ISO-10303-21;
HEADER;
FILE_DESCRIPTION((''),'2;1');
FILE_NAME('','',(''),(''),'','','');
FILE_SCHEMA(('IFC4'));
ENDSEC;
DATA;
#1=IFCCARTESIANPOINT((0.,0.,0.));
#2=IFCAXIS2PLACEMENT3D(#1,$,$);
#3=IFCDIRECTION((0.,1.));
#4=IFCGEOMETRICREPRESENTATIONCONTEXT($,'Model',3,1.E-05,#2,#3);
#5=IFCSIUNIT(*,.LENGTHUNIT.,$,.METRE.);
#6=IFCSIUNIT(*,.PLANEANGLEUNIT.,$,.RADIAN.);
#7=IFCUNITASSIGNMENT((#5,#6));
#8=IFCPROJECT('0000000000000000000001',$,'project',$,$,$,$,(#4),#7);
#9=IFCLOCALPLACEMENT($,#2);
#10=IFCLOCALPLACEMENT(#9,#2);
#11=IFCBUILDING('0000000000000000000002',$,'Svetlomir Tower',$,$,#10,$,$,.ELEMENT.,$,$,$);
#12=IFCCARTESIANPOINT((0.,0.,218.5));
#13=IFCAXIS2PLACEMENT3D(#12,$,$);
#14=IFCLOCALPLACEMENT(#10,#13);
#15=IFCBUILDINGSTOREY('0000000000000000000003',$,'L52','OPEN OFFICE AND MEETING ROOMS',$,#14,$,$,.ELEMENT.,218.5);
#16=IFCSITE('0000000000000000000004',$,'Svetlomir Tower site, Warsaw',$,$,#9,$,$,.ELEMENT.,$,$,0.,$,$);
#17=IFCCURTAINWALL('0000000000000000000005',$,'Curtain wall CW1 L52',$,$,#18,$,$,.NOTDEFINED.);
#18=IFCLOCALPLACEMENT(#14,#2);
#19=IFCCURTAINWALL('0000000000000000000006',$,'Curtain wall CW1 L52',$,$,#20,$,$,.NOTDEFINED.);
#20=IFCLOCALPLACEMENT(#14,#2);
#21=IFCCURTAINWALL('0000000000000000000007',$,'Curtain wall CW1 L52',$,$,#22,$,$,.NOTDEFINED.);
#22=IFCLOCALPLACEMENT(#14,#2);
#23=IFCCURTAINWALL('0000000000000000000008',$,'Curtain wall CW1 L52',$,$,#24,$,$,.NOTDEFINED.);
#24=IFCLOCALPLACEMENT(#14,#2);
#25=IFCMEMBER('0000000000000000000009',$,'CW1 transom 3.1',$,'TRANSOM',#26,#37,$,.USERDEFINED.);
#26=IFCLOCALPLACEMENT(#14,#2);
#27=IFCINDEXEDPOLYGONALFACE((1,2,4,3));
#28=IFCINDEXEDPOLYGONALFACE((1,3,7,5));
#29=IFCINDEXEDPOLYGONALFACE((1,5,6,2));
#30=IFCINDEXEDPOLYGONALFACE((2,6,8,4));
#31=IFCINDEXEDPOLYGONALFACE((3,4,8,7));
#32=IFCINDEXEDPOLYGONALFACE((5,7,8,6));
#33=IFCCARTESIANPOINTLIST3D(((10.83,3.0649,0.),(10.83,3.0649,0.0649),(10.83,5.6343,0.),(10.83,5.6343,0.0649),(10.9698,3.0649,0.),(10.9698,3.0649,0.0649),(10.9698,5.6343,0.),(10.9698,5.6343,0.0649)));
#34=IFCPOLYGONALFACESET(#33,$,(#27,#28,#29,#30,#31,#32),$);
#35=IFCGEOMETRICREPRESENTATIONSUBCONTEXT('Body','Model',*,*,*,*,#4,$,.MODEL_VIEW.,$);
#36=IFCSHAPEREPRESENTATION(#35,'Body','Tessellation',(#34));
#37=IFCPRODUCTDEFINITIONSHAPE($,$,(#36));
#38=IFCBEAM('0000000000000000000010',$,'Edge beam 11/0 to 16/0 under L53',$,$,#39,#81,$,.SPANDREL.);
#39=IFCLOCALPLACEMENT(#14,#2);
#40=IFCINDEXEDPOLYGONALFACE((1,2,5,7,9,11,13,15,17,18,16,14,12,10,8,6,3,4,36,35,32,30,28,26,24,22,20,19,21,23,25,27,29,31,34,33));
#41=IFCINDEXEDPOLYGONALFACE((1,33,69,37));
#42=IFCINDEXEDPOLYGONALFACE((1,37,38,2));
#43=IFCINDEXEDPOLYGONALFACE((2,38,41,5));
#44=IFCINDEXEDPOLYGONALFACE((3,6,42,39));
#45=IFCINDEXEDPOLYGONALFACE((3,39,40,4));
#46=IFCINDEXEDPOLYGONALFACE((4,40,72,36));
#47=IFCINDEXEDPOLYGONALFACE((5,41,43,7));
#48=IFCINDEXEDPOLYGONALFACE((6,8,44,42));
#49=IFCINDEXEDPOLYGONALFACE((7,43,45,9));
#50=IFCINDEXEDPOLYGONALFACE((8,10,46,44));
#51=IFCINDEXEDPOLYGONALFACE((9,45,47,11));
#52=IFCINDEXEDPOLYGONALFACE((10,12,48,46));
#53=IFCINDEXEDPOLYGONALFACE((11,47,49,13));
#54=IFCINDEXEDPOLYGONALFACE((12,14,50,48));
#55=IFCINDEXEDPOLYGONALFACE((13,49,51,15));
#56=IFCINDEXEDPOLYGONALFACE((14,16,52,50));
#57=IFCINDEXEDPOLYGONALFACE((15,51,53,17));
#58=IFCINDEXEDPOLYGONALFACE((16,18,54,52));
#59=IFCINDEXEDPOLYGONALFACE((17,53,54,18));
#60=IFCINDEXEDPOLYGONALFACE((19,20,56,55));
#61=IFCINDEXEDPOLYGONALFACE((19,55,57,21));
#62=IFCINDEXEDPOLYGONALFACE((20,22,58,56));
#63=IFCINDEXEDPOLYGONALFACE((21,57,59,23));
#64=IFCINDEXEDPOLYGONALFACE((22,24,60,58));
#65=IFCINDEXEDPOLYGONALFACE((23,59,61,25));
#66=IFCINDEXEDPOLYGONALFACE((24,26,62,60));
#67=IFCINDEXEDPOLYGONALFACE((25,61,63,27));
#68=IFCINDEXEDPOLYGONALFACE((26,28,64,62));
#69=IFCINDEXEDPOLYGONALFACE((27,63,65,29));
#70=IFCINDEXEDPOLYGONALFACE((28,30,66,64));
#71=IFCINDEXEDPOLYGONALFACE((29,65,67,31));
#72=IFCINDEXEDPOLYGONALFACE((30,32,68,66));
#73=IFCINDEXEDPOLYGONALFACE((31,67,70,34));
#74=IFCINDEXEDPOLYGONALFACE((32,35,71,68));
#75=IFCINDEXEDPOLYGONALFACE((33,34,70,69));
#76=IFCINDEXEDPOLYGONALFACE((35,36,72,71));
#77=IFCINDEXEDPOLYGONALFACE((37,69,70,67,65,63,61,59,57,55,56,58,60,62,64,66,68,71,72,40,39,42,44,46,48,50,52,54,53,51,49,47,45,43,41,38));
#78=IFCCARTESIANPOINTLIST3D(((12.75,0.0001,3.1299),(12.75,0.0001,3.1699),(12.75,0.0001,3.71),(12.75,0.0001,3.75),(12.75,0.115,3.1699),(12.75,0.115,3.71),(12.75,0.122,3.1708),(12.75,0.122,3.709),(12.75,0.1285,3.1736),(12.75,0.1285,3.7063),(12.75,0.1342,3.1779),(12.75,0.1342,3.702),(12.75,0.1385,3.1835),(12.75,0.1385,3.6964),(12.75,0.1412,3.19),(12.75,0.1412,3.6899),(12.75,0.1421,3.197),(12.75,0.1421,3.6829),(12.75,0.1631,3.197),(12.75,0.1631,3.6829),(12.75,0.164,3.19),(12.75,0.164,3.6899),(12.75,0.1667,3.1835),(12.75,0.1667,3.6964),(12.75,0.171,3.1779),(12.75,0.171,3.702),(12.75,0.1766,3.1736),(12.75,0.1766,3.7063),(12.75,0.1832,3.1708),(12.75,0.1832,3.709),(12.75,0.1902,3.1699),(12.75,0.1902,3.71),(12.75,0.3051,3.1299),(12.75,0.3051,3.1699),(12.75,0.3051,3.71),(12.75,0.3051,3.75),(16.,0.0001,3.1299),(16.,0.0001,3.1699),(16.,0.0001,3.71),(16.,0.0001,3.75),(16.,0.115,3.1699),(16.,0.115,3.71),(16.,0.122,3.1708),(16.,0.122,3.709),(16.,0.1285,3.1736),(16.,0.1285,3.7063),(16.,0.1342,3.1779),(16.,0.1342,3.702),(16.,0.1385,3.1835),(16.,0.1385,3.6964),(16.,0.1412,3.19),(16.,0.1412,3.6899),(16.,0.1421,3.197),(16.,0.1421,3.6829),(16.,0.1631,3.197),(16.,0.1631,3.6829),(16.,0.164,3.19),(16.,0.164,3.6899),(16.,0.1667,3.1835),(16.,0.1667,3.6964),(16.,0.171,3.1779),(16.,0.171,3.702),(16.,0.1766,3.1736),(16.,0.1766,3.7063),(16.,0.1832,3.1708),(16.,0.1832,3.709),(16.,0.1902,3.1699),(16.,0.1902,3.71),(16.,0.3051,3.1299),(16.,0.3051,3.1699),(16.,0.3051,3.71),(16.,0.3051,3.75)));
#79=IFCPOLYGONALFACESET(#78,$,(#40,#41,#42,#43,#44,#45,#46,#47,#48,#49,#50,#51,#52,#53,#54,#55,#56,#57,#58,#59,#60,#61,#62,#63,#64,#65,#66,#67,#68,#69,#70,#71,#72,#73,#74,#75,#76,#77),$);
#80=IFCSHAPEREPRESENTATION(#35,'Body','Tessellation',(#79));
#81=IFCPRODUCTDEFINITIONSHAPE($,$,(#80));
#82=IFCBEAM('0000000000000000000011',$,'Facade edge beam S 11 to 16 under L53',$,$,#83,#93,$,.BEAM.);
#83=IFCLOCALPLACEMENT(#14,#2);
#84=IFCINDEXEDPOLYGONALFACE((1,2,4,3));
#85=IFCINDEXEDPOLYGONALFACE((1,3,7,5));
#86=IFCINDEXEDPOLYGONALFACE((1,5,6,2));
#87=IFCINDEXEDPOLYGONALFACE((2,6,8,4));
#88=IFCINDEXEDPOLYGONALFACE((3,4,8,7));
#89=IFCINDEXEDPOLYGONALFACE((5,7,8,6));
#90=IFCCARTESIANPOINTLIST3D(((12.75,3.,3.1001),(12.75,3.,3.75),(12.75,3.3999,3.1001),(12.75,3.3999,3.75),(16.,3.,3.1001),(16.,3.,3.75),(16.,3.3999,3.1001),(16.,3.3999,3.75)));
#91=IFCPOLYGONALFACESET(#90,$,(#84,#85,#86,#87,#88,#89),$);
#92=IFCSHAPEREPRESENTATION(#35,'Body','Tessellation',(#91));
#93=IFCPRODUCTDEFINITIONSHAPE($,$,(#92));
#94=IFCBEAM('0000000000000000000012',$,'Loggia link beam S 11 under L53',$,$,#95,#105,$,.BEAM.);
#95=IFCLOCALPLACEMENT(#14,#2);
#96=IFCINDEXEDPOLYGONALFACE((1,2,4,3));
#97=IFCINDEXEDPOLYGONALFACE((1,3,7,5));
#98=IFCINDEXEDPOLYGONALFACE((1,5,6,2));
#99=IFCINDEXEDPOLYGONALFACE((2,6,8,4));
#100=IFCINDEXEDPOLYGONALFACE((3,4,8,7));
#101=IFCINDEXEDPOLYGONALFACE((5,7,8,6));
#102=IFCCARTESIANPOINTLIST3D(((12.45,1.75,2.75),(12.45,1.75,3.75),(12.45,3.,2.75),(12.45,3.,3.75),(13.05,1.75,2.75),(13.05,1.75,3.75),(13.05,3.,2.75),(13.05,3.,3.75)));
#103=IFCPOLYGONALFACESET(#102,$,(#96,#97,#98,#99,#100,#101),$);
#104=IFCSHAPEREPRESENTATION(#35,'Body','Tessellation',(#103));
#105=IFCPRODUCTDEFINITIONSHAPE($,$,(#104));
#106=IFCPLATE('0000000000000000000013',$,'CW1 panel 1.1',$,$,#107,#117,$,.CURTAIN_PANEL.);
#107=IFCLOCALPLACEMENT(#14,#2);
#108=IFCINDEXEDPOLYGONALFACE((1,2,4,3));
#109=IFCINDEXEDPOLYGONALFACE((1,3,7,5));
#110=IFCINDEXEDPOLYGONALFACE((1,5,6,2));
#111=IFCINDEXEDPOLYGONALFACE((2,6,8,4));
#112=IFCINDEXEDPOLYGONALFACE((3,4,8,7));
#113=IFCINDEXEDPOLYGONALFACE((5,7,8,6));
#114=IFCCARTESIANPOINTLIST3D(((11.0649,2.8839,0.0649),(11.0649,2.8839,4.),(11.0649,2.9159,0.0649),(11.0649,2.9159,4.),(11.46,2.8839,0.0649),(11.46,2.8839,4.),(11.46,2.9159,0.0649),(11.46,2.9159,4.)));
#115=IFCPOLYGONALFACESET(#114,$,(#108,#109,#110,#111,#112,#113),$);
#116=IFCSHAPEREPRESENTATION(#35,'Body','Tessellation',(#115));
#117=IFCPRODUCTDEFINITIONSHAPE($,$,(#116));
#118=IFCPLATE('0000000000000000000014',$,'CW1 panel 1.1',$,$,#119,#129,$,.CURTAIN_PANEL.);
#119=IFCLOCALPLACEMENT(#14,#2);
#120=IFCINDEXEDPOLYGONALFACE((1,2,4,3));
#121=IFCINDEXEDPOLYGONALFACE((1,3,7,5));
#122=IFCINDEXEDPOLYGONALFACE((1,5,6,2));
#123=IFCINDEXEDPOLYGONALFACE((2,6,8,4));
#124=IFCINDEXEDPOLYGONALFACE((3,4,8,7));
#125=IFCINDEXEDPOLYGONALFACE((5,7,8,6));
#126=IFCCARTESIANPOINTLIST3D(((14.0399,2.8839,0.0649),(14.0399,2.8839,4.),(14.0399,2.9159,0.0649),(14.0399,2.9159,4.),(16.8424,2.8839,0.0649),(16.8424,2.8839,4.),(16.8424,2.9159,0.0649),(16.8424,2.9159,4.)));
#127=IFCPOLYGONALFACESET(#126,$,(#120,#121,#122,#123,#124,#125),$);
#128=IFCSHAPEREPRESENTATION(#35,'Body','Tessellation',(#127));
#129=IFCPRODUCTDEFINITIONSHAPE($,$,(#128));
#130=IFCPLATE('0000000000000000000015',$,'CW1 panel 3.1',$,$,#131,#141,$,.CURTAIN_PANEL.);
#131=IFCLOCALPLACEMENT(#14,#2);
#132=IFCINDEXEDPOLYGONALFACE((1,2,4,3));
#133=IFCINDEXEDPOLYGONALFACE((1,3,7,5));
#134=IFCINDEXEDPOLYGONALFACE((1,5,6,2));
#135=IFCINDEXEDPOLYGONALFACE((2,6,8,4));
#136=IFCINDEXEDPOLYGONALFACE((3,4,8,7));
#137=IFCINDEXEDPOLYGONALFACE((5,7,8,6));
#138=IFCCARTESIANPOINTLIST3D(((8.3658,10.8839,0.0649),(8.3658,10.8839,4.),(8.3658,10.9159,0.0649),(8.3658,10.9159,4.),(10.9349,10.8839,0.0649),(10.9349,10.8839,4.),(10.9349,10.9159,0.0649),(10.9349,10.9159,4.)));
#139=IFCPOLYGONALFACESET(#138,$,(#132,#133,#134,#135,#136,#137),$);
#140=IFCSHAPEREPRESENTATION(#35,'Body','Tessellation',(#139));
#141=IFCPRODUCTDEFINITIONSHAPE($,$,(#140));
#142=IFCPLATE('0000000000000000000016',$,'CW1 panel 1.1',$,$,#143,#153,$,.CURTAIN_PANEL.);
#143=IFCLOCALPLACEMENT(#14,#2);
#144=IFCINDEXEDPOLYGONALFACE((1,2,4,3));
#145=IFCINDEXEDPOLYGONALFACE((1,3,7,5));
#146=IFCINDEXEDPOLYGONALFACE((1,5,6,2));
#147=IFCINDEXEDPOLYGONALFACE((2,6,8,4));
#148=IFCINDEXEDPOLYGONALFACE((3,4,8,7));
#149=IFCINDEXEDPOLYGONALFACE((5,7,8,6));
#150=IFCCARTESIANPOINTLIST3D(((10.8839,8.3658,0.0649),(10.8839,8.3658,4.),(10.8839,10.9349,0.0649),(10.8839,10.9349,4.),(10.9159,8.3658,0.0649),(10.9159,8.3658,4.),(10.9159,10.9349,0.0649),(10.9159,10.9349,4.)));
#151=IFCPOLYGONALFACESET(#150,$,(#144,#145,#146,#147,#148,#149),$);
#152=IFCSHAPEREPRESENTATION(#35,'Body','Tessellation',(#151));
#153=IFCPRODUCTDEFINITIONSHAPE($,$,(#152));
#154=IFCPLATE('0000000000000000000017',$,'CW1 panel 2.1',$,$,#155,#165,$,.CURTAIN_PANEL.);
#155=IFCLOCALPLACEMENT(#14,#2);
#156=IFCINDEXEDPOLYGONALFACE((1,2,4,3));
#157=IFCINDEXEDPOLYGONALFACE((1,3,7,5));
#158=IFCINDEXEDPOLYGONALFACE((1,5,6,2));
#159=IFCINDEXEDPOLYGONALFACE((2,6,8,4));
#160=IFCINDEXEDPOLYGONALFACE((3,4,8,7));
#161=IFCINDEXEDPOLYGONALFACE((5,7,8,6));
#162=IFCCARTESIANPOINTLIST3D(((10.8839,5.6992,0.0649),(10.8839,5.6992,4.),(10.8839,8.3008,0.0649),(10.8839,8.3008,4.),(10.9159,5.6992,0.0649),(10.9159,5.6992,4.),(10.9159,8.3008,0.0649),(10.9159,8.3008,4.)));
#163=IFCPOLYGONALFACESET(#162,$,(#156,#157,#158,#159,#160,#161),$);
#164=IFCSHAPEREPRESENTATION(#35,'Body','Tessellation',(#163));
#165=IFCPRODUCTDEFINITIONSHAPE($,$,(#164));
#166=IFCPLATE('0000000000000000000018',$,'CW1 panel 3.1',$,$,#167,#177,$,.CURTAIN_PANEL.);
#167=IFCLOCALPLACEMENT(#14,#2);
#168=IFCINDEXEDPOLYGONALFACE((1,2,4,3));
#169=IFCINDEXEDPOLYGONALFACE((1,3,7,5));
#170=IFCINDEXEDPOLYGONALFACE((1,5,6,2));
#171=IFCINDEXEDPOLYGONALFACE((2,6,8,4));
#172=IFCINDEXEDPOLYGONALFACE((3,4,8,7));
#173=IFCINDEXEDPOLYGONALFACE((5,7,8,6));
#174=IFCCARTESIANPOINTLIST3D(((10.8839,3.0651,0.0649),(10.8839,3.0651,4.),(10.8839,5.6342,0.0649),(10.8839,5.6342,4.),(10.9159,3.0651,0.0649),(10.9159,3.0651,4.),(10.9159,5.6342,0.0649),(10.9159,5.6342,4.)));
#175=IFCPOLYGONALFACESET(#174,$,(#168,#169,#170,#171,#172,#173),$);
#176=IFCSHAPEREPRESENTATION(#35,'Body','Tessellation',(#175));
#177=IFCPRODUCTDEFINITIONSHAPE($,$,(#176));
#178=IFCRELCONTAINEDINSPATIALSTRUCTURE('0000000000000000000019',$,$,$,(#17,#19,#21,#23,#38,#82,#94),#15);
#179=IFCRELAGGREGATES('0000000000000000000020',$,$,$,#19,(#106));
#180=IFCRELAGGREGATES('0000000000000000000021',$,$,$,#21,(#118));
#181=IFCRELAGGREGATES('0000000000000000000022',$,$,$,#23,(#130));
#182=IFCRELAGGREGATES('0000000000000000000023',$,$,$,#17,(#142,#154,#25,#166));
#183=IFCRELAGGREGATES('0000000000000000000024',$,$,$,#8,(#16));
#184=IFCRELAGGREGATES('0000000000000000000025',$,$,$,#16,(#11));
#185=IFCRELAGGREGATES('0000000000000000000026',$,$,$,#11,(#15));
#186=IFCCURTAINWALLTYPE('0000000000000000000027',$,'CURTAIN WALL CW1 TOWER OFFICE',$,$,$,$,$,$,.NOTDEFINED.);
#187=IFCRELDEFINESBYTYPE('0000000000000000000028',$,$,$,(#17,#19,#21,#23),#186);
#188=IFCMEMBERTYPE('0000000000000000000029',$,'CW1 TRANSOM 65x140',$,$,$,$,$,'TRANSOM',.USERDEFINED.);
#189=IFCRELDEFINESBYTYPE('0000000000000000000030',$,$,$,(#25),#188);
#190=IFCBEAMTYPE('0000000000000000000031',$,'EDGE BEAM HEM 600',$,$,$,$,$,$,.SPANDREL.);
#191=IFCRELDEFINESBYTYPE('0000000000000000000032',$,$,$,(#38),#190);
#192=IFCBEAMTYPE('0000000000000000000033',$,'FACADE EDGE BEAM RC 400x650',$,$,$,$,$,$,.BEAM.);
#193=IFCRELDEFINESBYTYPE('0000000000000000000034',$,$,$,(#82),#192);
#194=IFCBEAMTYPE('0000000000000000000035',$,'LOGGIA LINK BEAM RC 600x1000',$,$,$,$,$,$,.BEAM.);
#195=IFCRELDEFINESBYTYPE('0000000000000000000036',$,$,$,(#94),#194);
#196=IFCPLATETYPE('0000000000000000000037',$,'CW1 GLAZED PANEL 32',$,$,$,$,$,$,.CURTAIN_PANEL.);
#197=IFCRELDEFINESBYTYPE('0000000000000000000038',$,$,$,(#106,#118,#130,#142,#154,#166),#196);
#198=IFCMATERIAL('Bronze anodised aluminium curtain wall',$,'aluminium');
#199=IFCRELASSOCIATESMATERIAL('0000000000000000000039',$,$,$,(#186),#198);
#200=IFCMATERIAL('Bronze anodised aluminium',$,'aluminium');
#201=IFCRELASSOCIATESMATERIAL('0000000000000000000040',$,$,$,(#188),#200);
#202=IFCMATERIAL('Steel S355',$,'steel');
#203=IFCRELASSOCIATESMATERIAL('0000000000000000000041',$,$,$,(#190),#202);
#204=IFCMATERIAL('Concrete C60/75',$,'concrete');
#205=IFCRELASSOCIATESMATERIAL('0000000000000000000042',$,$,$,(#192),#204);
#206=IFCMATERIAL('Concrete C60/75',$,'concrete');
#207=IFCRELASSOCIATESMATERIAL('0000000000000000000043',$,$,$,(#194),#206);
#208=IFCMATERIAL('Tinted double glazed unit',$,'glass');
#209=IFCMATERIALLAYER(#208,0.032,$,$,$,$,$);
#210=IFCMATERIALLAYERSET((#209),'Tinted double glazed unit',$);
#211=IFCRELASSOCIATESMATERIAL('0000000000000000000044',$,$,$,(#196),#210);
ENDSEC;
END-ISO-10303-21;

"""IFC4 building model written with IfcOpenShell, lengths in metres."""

from ifc_helpers import new_model, si_unit, direction, frame, origin, origin_2d, place, context, subcontext, project, spatial, rectangle, i_section, extrude, material, layer, layer_set, material_profile, profile_set, type_object, element, aggregate, save


model = new_model("IFC4")

# Units and contexts
model_context = context("Model", 3, precision=1e-05, world=origin(), true_north=direction((0.0, 1.0)))
body_context = subcontext(model_context, "Body", "Model", "MODEL_VIEW")
ifc_project = project(units=[si_unit("LENGTHUNIT", "METRE"), si_unit("PLANEANGLEUNIT", "RADIAN")], contexts=[model_context])

# Site, building, storey
site_placement = place(None, origin())
site = spatial("IfcSite", under=ifc_project, at=site_placement, Name="Svetlomir Tower site, Warsaw", CompositionType="ELEMENT", RefElevation=0.0)
building_placement = place(site_placement, origin())
building = spatial("IfcBuilding", under=site, at=building_placement, Name="Svetlomir Tower", CompositionType="ELEMENT")
storey_placement = place(building_placement, frame((0.0, 0.0, 218.5)))
storey = spatial("IfcBuildingStorey", under=building, at=storey_placement, Name="L52", Description="OPEN OFFICE AND MEETING ROOMS", CompositionType="ELEMENT", Elevation=218.5)

# Curtain wall
ifc_material_1 = material(Name="Bronze anodised aluminium curtain wall", Category="aluminium")
curtain_wall_type = type_object("IfcCurtainWallType", Name="CURTAIN WALL CW1 TOWER OFFICE", PredefinedType="NOTDEFINED", material=ifc_material_1)
curtain_wall_1_placement = place(storey_placement, origin())
curtain_wall_1 = element("IfcCurtainWall", 1, at=curtain_wall_1_placement, inside=storey, type_object=curtain_wall_type, Name="Curtain wall CW1 L52", PredefinedType="NOTDEFINED")

# Curtain wall
curtain_wall_2_placement = place(storey_placement, origin())
curtain_wall_2 = element("IfcCurtainWall", 2, at=curtain_wall_2_placement, inside=storey, type_object=curtain_wall_type, Name="Curtain wall CW1 L52", PredefinedType="NOTDEFINED")

# Curtain walls
curtain_wall_3_placement = place(storey_placement, origin())
curtain_wall_3 = element("IfcCurtainWall", 3, at=curtain_wall_3_placement, inside=storey, type_object=curtain_wall_type, Name="Curtain wall CW1 L52", PredefinedType="NOTDEFINED")
curtain_wall_4_placement = place(storey_placement, origin())
curtain_wall_4 = element("IfcCurtainWall", 4, at=curtain_wall_4_placement, inside=storey, type_object=curtain_wall_type, Name="Curtain wall CW1 L52", PredefinedType="NOTDEFINED")

# Member
ifc_material_2 = material(Name="Bronze anodised aluminium", Category="aluminium")
ifc_material_profile_1 = material_profile(ifc_material_2, rectangle(XDim=0.1399, YDim=0.0649, at=origin_2d()), Name="AL 140x65")
ifc_profile_set_1 = profile_set([ifc_material_profile_1], Name="Bronze anodised aluminium 6063-T6")
member_type_1 = type_object("IfcMemberType", Name="CW1 TRANSOM 65x140", ElementType="TRANSOM", PredefinedType="USERDEFINED", material=ifc_profile_set_1)
member_1_placement = place(storey_placement, frame((10.8999, 5.6343, 0.0325), z_axis=(0.0, -1.0, 0.0), x_axis=(1.0, 0.0, 0.0)))
member_1 = element("IfcMember", 5, at=member_1_placement, type_object=member_type_1, Name="CW1 transom 3.1", ObjectType="TRANSOM", PredefinedType="USERDEFINED", context=body_context, shape_type="SweptSolid", body=[
    extrude(rectangle(XDim=0.1399, YDim=0.0649, at=origin_2d()), origin(), (0.0, 0.0, 1.0), 2.5693),
])

# Beams
ifc_material_3 = material(Name="Steel S355", Category="steel")
ifc_material_profile_2 = material_profile(ifc_material_3, i_section(OverallWidth=0.3049, OverallDepth=0.6201, WebThickness=0.021, FlangeThickness=0.04, FilletRadius=0.0271, at=origin_2d()), Name="HEM 600")
ifc_profile_set_2 = profile_set([ifc_material_profile_2], Name="Steel S355")
beam_type_1 = type_object("IfcBeamType", Name="EDGE BEAM HEM 600", PredefinedType="SPANDREL", material=ifc_profile_set_2)
beam_1_placement = place(storey_placement, frame((12.75, 0.1526, 3.4399), z_axis=(1.0, 0.0, 0.0), x_axis=(0.0, 1.0, 0.0)))
element("IfcBeam", 6, at=beam_1_placement, inside=storey, type_object=beam_type_1, Name="Edge beam 11/0 to 16/0 under L53", PredefinedType="SPANDREL", context=body_context, shape_type="SweptSolid", body=[
    extrude(i_section(OverallWidth=0.3049, OverallDepth=0.6201, WebThickness=0.021, FlangeThickness=0.04, FilletRadius=0.0271, at=origin_2d()), origin(), (0.0, 0.0, 1.0), 3.25),
])
ifc_material_4 = material(Name="Concrete C60/75", Category="concrete")
ifc_material_profile_3 = material_profile(ifc_material_4, rectangle(XDim=0.3999, YDim=0.6499, at=origin_2d()), Name="RC 400x650")
ifc_profile_set_3 = profile_set([ifc_material_profile_3], Name="Concrete C60/75")
beam_type_2 = type_object("IfcBeamType", Name="FACADE EDGE BEAM RC 400x650", PredefinedType="BEAM", material=ifc_profile_set_3)
beam_2_placement = place(storey_placement, frame((12.75, 3.2, 3.425), z_axis=(1.0, 0.0, 0.0), x_axis=(0.0, 1.0, 0.0)))
element("IfcBeam", 7, at=beam_2_placement, inside=storey, type_object=beam_type_2, Name="Facade edge beam S 11 to 16 under L53", PredefinedType="BEAM", context=body_context, shape_type="SweptSolid", body=[
    extrude(rectangle(XDim=0.3999, YDim=0.6499, at=origin_2d()), origin(), (0.0, 0.0, 1.0), 3.25),
])
ifc_material_5 = material(Name="Concrete C60/75", Category="concrete")
ifc_material_profile_4 = material_profile(ifc_material_5, rectangle(XDim=0.6001, YDim=1.0, at=origin_2d()), Name="RC 600x1000")
ifc_profile_set_4 = profile_set([ifc_material_profile_4], Name="Concrete C60/75")
beam_type_3 = type_object("IfcBeamType", Name="LOGGIA LINK BEAM RC 600x1000", PredefinedType="BEAM", material=ifc_profile_set_4)
beam_3_placement = place(storey_placement, frame((12.75, 1.75, 3.25), z_axis=(0.0, 1.0, 0.0), x_axis=(-1.0, 0.0, 0.0)))
element("IfcBeam", 8, at=beam_3_placement, inside=storey, type_object=beam_type_3, Name="Loggia link beam S 11 under L53", PredefinedType="BEAM", context=body_context, shape_type="SweptSolid", body=[
    extrude(rectangle(XDim=0.6001, YDim=1.0, at=origin_2d()), origin(), (0.0, 0.0, 1.0), 1.25),
])

# Plates
ifc_material_6 = material(Name="Tinted double glazed unit", Category="glass")
ifc_layer = layer(ifc_material_6, 0.032)
ifc_layer_set = layer_set([ifc_layer], Name="Tinted double glazed unit")
plate_type = type_object("IfcPlateType", Name="CW1 GLAZED PANEL 32", PredefinedType="CURTAIN_PANEL", material=ifc_layer_set)
plate_1_placement = place(storey_placement, frame((11.2625, 2.8999, 0.0649), z_axis=(0.0, 0.0, 1.0), x_axis=(1.0, 0.0, 0.0)))
plate_1 = element("IfcPlate", 9, at=plate_1_placement, type_object=plate_type, Name="CW1 panel 1.1", PredefinedType="CURTAIN_PANEL", context=body_context, shape_type="SweptSolid", body=[
    extrude(rectangle(XDim=0.395, YDim=0.032, at=origin_2d()), origin(), (0.0, 0.0, 1.0), 3.9351),
])
aggregate(curtain_wall_2, [plate_1])
plate_2_placement = place(storey_placement, frame((15.4412, 2.8999, 0.0649), z_axis=(0.0, 0.0, 1.0), x_axis=(1.0, 0.0, 0.0)))
plate_2 = element("IfcPlate", 10, at=plate_2_placement, type_object=plate_type, Name="CW1 panel 1.1", PredefinedType="CURTAIN_PANEL", context=body_context, shape_type="SweptSolid", body=[
    extrude(rectangle(XDim=2.8025, YDim=0.032, at=origin_2d()), origin(), (0.0, 0.0, 1.0), 3.9351),
])
aggregate(curtain_wall_3, [plate_2])
plate_3_placement = place(storey_placement, frame((9.6504, 10.8999, 0.0649), z_axis=(0.0, 0.0, 1.0), x_axis=(1.0, 0.0, 0.0)))
plate_3 = element("IfcPlate", 11, at=plate_3_placement, type_object=plate_type, Name="CW1 panel 3.1", PredefinedType="CURTAIN_PANEL", context=body_context, shape_type="SweptSolid", body=[
    extrude(rectangle(XDim=2.5691, YDim=0.032, at=origin_2d()), origin(), (0.0, 0.0, 1.0), 3.9351),
])
aggregate(curtain_wall_4, [plate_3])
plate_4_placement = place(storey_placement, frame((10.8999, 9.6504, 0.0649), z_axis=(0.0, 0.0, 1.0), x_axis=(0.0, -1.0, 0.0)))
plate_4 = element("IfcPlate", 12, at=plate_4_placement, type_object=plate_type, Name="CW1 panel 1.1", PredefinedType="CURTAIN_PANEL", context=body_context, shape_type="SweptSolid", body=[
    extrude(rectangle(XDim=2.5691, YDim=0.032, at=origin_2d()), origin(), (0.0, 0.0, 1.0), 3.9351),
])
plate_5_placement = place(storey_placement, frame((10.8999, 7.0, 0.0649), z_axis=(0.0, 0.0, 1.0), x_axis=(0.0, -1.0, 0.0)))
plate_5 = element("IfcPlate", 13, at=plate_5_placement, type_object=plate_type, Name="CW1 panel 2.1", PredefinedType="CURTAIN_PANEL", context=body_context, shape_type="SweptSolid", body=[
    extrude(rectangle(XDim=2.6016, YDim=0.032, at=origin_2d()), origin(), (0.0, 0.0, 1.0), 3.9351),
])
plate_6_placement = place(storey_placement, frame((10.8999, 4.3496, 0.0649), z_axis=(0.0, 0.0, 1.0), x_axis=(0.0, -1.0, 0.0)))
plate_6 = element("IfcPlate", 14, at=plate_6_placement, type_object=plate_type, Name="CW1 panel 3.1", PredefinedType="CURTAIN_PANEL", context=body_context, shape_type="SweptSolid", body=[
    extrude(rectangle(XDim=2.5691, YDim=0.032, at=origin_2d()), origin(), (0.0, 0.0, 1.0), 3.9351),
])
aggregate(curtain_wall_1, [plate_4, plate_5, member_1, plate_6])

save(model, "model.ifc")
